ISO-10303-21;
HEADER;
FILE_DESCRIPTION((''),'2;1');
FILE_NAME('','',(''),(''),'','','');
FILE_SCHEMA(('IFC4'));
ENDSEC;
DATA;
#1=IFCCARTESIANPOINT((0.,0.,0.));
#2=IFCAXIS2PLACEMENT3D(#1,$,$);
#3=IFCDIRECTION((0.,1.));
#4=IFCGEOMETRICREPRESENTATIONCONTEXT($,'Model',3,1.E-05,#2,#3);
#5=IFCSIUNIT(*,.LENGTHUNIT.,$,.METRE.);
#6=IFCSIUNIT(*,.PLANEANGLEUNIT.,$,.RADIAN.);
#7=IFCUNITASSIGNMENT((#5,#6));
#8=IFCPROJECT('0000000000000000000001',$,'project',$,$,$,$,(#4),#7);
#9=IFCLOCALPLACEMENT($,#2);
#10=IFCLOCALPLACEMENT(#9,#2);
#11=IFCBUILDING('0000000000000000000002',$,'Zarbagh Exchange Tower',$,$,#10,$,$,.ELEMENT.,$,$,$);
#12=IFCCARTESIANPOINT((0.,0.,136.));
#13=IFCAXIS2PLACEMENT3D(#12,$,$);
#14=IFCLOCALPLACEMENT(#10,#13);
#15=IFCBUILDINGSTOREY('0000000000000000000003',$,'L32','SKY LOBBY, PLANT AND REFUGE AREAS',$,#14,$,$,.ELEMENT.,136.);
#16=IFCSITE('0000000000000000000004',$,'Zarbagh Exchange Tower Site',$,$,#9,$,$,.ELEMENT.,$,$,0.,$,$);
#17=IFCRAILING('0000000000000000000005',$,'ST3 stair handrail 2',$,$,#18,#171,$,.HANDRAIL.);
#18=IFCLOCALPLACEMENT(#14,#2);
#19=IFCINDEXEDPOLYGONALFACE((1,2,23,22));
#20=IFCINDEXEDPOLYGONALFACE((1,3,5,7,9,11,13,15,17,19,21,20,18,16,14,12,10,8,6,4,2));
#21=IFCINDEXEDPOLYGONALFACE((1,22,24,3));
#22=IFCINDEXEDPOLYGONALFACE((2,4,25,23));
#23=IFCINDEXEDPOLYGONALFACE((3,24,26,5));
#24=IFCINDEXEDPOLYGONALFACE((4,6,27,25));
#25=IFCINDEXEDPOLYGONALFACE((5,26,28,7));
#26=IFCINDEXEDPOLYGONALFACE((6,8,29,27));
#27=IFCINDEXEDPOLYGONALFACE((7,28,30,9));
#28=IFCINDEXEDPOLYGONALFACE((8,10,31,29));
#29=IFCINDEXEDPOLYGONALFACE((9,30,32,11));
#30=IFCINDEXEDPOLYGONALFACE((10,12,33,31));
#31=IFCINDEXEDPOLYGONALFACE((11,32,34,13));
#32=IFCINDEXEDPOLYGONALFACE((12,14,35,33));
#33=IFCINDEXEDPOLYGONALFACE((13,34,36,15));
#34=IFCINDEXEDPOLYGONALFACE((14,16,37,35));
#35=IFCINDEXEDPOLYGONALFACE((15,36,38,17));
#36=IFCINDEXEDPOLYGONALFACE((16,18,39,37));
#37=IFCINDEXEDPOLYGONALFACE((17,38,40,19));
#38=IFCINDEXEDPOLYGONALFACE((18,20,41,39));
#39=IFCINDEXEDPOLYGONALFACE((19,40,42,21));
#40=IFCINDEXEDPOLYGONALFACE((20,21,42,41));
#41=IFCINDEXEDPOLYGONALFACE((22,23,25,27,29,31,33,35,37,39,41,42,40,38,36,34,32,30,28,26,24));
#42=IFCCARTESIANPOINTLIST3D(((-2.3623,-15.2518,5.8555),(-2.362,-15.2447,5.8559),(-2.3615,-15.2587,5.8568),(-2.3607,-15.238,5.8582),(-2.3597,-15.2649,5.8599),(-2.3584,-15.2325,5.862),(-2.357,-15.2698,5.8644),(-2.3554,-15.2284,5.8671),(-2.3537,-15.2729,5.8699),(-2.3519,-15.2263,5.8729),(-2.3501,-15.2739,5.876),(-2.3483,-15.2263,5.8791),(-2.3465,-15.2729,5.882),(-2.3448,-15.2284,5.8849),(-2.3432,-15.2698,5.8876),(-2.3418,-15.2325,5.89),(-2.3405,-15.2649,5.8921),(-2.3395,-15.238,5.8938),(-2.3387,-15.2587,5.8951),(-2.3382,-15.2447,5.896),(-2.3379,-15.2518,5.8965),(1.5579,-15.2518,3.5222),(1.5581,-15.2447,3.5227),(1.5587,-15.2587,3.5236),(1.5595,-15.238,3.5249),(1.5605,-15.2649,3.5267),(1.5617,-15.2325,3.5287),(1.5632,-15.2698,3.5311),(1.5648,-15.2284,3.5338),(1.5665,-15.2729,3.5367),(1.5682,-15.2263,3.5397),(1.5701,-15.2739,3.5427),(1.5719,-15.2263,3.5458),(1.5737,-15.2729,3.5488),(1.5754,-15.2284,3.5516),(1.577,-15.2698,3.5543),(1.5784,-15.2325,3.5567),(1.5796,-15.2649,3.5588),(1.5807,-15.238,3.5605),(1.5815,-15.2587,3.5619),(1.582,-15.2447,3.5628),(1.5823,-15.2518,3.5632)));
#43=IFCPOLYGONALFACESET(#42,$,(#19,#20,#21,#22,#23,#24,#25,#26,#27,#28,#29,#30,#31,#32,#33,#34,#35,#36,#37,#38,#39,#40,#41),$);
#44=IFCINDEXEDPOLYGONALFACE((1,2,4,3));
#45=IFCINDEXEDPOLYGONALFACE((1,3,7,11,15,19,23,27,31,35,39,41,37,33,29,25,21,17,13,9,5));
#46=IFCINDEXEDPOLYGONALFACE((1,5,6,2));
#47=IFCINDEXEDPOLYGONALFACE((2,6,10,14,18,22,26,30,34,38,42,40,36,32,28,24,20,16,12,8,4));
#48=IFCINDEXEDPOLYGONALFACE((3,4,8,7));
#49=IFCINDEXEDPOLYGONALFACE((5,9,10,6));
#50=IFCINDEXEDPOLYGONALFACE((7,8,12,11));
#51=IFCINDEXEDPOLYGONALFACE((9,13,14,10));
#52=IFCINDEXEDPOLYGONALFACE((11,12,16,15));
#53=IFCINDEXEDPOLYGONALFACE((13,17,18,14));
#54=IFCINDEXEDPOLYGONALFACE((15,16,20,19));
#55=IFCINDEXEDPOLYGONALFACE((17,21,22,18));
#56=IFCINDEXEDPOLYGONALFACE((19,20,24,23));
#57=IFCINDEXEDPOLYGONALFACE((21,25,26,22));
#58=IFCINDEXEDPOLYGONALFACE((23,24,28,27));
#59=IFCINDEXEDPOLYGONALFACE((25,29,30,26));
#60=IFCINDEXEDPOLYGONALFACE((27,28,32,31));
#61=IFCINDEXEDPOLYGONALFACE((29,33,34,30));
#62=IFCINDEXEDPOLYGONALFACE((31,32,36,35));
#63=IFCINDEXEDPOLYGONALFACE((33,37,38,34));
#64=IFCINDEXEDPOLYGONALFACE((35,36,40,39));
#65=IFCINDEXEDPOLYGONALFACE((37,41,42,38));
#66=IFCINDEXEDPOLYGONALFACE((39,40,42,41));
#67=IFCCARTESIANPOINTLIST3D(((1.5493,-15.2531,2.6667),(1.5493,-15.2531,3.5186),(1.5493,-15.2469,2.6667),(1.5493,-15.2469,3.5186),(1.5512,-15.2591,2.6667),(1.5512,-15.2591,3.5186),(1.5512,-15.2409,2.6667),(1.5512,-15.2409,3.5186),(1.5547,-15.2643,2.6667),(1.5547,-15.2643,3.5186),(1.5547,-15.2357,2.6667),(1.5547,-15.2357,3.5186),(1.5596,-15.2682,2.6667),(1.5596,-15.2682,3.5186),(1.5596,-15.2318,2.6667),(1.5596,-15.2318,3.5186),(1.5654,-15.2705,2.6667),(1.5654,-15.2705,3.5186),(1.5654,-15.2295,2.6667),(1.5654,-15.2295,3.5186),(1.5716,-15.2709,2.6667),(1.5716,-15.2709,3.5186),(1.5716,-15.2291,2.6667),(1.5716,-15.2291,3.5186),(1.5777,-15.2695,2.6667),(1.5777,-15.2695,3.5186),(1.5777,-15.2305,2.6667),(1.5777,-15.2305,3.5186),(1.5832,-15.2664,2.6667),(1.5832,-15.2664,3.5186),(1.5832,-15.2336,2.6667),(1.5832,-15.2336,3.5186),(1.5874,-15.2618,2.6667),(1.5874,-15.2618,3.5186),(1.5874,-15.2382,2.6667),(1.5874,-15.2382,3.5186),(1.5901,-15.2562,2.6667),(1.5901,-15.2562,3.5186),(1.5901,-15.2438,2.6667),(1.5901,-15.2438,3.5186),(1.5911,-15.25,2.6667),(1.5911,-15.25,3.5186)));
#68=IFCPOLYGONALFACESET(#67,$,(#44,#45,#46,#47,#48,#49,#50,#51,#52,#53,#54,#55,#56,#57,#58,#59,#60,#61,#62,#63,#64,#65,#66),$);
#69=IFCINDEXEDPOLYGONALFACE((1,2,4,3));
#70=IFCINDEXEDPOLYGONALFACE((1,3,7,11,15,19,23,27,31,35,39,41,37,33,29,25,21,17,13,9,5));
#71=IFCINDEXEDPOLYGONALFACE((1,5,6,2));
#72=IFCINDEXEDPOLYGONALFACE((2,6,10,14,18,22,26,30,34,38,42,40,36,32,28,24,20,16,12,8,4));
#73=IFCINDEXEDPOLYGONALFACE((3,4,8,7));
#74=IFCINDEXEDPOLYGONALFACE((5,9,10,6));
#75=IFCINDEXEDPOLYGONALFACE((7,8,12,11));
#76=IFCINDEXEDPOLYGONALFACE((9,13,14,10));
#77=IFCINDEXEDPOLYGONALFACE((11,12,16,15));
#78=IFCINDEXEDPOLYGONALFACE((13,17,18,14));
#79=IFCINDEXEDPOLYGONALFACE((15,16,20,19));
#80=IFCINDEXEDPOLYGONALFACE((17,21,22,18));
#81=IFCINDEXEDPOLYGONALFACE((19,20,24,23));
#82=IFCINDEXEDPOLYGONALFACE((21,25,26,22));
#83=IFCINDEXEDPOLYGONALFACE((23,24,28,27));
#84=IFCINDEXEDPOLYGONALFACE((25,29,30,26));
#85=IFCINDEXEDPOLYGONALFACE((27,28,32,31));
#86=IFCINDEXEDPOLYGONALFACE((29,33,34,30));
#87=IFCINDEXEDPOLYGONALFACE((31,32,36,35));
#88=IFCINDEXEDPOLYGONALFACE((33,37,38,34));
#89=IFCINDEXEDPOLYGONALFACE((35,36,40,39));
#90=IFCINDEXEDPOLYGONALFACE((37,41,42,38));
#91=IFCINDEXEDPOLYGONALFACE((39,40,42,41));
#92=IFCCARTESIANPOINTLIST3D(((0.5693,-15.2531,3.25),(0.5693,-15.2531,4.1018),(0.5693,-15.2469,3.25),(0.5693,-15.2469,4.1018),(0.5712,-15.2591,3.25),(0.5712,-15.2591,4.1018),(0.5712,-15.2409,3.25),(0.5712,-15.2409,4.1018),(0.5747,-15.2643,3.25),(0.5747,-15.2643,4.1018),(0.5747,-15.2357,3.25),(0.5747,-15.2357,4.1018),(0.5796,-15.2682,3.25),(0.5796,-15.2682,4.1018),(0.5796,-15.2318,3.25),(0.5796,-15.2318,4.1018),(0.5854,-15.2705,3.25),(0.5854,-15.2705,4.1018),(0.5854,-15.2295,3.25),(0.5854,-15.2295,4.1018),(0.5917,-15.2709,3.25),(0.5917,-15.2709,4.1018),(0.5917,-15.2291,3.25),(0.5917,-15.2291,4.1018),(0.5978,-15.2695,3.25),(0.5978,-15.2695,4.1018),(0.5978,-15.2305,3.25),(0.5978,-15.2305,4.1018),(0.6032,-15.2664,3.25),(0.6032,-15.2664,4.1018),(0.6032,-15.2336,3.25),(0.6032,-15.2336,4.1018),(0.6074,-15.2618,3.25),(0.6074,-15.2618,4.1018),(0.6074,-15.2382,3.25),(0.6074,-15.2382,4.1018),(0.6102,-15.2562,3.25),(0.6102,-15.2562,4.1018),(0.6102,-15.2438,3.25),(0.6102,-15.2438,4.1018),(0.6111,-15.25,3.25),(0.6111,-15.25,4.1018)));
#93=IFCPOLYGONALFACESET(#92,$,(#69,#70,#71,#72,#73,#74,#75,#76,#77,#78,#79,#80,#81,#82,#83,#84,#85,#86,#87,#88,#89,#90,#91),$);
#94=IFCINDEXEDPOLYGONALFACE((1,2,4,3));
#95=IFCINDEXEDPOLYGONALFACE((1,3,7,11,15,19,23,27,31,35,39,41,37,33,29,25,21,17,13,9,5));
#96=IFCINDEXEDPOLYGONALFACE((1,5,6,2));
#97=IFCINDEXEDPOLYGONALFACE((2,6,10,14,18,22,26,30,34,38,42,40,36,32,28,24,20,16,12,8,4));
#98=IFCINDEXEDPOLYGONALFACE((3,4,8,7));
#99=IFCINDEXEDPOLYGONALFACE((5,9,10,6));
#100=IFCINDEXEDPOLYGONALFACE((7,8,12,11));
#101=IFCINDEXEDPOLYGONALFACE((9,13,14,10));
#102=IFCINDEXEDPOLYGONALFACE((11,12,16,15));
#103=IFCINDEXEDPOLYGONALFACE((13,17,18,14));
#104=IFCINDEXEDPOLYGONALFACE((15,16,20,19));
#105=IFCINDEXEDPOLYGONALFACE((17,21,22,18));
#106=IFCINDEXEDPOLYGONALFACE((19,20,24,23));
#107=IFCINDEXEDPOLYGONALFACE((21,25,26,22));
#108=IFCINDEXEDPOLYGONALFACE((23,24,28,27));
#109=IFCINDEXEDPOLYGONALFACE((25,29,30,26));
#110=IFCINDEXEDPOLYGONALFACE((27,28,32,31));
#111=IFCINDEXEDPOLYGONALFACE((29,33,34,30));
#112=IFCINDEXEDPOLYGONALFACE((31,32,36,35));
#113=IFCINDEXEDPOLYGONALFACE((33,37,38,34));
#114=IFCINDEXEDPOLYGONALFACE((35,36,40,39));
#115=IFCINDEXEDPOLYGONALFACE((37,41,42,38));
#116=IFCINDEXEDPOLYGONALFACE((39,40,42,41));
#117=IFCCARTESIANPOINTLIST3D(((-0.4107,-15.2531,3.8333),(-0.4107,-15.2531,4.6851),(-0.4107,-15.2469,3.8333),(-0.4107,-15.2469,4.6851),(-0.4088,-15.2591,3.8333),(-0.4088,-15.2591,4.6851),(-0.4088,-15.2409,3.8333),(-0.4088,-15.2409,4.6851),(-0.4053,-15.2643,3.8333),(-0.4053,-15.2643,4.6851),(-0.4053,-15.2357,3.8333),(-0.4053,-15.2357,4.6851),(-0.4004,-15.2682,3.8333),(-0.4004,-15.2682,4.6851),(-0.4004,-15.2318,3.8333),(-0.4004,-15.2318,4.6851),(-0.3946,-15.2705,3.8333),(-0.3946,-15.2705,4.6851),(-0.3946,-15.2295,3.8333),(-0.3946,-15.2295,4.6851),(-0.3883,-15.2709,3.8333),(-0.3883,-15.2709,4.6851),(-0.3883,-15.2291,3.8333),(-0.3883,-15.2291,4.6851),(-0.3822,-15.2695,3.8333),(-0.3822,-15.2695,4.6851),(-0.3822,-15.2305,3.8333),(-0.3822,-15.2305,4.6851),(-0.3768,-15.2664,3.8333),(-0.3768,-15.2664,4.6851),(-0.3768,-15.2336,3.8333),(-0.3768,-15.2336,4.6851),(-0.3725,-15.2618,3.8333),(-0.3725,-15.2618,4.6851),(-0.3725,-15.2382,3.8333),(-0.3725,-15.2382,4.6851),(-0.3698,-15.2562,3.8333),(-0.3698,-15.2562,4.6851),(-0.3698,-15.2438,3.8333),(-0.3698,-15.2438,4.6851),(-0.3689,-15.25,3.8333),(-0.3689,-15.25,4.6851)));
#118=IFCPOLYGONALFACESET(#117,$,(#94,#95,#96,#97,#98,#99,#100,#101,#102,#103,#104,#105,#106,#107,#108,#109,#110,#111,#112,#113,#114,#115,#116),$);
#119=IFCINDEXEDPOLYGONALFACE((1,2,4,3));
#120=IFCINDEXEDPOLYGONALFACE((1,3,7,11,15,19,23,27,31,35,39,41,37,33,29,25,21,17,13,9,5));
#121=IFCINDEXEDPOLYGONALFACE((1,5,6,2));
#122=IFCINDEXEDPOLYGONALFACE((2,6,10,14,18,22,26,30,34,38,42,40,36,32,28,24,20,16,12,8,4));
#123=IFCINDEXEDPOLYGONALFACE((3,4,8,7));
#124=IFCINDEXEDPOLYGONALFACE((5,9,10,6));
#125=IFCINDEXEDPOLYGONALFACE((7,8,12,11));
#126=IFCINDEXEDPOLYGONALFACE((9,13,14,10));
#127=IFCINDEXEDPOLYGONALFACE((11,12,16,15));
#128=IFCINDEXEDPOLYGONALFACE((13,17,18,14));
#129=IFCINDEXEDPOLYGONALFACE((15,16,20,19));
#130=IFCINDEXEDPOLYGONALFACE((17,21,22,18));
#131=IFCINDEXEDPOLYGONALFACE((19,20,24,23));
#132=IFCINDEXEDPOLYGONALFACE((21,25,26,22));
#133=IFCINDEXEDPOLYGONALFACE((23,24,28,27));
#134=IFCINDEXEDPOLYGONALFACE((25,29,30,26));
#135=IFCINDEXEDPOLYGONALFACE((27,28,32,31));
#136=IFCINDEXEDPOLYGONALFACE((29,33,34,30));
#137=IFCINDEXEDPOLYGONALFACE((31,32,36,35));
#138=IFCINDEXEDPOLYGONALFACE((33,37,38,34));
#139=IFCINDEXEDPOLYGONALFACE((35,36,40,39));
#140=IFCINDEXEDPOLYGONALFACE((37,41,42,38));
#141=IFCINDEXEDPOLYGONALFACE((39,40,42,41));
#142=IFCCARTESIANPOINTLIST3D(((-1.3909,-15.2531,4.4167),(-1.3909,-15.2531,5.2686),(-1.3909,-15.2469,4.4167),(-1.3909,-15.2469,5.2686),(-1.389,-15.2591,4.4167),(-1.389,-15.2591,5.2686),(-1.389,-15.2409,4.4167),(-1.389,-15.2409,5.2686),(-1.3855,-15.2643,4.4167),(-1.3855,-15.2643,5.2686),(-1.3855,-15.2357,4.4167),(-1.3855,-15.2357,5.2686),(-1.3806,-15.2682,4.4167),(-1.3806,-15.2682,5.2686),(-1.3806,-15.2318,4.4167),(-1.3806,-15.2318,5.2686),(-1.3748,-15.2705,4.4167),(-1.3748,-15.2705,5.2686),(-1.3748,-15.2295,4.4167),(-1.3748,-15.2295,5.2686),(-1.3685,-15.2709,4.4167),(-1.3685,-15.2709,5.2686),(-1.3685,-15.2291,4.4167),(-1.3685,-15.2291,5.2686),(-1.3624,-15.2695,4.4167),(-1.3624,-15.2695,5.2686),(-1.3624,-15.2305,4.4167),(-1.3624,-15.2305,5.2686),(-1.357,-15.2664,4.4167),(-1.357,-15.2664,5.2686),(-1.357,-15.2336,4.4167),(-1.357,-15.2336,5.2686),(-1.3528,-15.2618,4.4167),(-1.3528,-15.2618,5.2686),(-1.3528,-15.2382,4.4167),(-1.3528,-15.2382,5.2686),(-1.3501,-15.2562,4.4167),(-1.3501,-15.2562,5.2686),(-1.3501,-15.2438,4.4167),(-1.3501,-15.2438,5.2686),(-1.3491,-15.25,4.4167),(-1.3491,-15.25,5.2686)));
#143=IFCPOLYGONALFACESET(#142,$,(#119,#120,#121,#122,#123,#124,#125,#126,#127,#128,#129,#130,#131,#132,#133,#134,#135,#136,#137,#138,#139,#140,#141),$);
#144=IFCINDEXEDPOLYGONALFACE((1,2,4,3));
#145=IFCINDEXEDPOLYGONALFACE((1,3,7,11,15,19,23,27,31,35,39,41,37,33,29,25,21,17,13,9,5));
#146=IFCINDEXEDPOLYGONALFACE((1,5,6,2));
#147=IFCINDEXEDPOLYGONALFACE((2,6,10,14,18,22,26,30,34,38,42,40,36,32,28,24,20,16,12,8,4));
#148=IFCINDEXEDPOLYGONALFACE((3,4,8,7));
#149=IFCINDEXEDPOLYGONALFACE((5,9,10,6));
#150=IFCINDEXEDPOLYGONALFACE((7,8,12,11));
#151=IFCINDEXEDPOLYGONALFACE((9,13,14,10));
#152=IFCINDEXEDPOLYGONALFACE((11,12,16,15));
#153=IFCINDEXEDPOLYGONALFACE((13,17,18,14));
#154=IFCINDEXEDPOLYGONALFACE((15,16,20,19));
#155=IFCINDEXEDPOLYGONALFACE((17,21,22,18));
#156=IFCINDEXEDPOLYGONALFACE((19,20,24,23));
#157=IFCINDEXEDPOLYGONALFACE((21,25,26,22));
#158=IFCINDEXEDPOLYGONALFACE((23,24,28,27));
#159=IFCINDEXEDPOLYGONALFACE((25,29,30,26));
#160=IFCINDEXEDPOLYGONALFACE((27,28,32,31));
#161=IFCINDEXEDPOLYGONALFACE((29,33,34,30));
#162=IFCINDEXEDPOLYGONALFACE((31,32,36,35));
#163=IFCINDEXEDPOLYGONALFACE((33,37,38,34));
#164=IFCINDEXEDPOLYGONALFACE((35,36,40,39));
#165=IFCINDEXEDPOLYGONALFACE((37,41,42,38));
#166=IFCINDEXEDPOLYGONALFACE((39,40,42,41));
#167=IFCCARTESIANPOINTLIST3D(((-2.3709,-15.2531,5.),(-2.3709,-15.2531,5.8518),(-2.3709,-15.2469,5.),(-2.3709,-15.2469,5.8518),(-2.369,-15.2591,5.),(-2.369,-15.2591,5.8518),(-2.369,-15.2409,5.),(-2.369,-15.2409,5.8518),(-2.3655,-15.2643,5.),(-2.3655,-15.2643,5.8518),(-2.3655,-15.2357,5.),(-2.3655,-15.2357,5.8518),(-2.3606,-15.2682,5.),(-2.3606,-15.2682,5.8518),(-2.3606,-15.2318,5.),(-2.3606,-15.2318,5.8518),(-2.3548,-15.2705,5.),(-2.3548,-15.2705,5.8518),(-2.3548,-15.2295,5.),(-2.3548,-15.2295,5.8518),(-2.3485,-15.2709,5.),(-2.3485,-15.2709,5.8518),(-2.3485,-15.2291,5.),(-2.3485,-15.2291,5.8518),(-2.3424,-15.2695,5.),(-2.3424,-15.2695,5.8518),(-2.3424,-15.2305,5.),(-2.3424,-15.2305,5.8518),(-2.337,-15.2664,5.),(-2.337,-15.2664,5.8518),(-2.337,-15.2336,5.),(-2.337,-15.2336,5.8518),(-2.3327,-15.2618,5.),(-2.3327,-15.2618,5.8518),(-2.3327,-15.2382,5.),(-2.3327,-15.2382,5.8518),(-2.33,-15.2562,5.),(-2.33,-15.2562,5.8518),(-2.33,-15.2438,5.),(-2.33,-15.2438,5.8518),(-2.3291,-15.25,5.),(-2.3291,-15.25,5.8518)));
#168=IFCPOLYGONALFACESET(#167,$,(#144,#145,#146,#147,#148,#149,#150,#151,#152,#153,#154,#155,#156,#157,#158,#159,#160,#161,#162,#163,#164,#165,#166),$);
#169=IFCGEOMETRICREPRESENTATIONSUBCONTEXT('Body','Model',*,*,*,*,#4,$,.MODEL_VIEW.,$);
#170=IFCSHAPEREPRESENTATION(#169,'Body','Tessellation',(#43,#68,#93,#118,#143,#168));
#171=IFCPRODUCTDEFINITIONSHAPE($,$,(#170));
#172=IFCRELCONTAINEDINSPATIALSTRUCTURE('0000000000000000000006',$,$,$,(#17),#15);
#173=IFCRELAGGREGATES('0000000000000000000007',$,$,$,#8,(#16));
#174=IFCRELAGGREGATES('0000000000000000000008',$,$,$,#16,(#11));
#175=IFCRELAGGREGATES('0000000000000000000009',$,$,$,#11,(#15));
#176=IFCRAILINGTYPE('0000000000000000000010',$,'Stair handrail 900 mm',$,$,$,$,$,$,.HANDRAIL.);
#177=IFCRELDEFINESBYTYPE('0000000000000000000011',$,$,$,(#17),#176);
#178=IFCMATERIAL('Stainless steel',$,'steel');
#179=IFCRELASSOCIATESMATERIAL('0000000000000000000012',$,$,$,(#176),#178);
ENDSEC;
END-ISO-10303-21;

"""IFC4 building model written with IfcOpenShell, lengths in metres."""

from ifc_helpers import new_model, si_unit, direction, frame, origin, origin_2d, place, context, subcontext, project, spatial, circle, extrude, material, type_object, element, save


model = new_model("IFC4")

# Units and contexts
model_context = context("Model", 3, precision=1e-05, world=origin(), true_north=direction((0.0, 1.0)))
body_context = subcontext(model_context, "Body", "Model", "MODEL_VIEW")
ifc_project = project(units=[si_unit("LENGTHUNIT", "METRE"), si_unit("PLANEANGLEUNIT", "RADIAN")], contexts=[model_context])

# Site, building, storey
site_placement = place(None, origin())
site = spatial("IfcSite", under=ifc_project, at=site_placement, Name="Zarbagh Exchange Tower Site", CompositionType="ELEMENT", RefElevation=0.0)
building_placement = place(site_placement, origin())
building = spatial("IfcBuilding", under=site, at=building_placement, Name="Zarbagh Exchange Tower", CompositionType="ELEMENT")
storey_placement = place(building_placement, frame((0.0, 0.0, 136.0)))
storey = spatial("IfcBuildingStorey", under=building, at=storey_placement, Name="L32", Description="SKY LOBBY, PLANT AND REFUGE AREAS", CompositionType="ELEMENT", Elevation=136.0)

# Railing
ifc_material_1 = material(Name="Stainless steel", Category="steel")
railing_type_1 = type_object("IfcRailingType", Name="Stair handrail 900 mm", PredefinedType="HANDRAIL", material=ifc_material_1)
for number, where, name in (
    (1, (1.5701, -15.25, 2.6667), "ST3 stair handrail 2"),
):
    element("IfcRailing", number, at=place(storey_placement, frame(where)), inside=storey, type_object=railing_type_1, Name=name, PredefinedType="HANDRAIL", context=body_context, shape_type="SweptSolid", body=[
        extrude(circle(Radius=0.0239, at=origin_2d()), frame((0.0, 0.0, 0.876), z_axis=(-0.85931, 0.0, 0.511455), x_axis=(0.0, -1.0, 0.0)), (0.0, 0.0, 1.0), 4.562),
        extrude(circle(Radius=0.021, at=origin_2d()), origin(), (0.0, 0.0, 1.0), 0.8518),
        extrude(circle(Radius=0.021, at=origin_2d()), frame((-0.98, 0.0, 0.5833)), (0.0, 0.0, 1.0), 0.8518),
        extrude(circle(Radius=0.021, at=origin_2d()), frame((-1.96, 0.0, 1.1665)), (0.0, 0.0, 1.0), 0.8518),
        extrude(circle(Radius=0.021, at=origin_2d()), frame((-2.9402, 0.0, 1.75)), (0.0, 0.0, 1.0), 0.8518),
        extrude(circle(Radius=0.021, at=origin_2d()), frame((-3.9202, 0.0, 2.3333)), (0.0, 0.0, 1.0), 0.8518),
    ])

save(model, "model.ifc")
